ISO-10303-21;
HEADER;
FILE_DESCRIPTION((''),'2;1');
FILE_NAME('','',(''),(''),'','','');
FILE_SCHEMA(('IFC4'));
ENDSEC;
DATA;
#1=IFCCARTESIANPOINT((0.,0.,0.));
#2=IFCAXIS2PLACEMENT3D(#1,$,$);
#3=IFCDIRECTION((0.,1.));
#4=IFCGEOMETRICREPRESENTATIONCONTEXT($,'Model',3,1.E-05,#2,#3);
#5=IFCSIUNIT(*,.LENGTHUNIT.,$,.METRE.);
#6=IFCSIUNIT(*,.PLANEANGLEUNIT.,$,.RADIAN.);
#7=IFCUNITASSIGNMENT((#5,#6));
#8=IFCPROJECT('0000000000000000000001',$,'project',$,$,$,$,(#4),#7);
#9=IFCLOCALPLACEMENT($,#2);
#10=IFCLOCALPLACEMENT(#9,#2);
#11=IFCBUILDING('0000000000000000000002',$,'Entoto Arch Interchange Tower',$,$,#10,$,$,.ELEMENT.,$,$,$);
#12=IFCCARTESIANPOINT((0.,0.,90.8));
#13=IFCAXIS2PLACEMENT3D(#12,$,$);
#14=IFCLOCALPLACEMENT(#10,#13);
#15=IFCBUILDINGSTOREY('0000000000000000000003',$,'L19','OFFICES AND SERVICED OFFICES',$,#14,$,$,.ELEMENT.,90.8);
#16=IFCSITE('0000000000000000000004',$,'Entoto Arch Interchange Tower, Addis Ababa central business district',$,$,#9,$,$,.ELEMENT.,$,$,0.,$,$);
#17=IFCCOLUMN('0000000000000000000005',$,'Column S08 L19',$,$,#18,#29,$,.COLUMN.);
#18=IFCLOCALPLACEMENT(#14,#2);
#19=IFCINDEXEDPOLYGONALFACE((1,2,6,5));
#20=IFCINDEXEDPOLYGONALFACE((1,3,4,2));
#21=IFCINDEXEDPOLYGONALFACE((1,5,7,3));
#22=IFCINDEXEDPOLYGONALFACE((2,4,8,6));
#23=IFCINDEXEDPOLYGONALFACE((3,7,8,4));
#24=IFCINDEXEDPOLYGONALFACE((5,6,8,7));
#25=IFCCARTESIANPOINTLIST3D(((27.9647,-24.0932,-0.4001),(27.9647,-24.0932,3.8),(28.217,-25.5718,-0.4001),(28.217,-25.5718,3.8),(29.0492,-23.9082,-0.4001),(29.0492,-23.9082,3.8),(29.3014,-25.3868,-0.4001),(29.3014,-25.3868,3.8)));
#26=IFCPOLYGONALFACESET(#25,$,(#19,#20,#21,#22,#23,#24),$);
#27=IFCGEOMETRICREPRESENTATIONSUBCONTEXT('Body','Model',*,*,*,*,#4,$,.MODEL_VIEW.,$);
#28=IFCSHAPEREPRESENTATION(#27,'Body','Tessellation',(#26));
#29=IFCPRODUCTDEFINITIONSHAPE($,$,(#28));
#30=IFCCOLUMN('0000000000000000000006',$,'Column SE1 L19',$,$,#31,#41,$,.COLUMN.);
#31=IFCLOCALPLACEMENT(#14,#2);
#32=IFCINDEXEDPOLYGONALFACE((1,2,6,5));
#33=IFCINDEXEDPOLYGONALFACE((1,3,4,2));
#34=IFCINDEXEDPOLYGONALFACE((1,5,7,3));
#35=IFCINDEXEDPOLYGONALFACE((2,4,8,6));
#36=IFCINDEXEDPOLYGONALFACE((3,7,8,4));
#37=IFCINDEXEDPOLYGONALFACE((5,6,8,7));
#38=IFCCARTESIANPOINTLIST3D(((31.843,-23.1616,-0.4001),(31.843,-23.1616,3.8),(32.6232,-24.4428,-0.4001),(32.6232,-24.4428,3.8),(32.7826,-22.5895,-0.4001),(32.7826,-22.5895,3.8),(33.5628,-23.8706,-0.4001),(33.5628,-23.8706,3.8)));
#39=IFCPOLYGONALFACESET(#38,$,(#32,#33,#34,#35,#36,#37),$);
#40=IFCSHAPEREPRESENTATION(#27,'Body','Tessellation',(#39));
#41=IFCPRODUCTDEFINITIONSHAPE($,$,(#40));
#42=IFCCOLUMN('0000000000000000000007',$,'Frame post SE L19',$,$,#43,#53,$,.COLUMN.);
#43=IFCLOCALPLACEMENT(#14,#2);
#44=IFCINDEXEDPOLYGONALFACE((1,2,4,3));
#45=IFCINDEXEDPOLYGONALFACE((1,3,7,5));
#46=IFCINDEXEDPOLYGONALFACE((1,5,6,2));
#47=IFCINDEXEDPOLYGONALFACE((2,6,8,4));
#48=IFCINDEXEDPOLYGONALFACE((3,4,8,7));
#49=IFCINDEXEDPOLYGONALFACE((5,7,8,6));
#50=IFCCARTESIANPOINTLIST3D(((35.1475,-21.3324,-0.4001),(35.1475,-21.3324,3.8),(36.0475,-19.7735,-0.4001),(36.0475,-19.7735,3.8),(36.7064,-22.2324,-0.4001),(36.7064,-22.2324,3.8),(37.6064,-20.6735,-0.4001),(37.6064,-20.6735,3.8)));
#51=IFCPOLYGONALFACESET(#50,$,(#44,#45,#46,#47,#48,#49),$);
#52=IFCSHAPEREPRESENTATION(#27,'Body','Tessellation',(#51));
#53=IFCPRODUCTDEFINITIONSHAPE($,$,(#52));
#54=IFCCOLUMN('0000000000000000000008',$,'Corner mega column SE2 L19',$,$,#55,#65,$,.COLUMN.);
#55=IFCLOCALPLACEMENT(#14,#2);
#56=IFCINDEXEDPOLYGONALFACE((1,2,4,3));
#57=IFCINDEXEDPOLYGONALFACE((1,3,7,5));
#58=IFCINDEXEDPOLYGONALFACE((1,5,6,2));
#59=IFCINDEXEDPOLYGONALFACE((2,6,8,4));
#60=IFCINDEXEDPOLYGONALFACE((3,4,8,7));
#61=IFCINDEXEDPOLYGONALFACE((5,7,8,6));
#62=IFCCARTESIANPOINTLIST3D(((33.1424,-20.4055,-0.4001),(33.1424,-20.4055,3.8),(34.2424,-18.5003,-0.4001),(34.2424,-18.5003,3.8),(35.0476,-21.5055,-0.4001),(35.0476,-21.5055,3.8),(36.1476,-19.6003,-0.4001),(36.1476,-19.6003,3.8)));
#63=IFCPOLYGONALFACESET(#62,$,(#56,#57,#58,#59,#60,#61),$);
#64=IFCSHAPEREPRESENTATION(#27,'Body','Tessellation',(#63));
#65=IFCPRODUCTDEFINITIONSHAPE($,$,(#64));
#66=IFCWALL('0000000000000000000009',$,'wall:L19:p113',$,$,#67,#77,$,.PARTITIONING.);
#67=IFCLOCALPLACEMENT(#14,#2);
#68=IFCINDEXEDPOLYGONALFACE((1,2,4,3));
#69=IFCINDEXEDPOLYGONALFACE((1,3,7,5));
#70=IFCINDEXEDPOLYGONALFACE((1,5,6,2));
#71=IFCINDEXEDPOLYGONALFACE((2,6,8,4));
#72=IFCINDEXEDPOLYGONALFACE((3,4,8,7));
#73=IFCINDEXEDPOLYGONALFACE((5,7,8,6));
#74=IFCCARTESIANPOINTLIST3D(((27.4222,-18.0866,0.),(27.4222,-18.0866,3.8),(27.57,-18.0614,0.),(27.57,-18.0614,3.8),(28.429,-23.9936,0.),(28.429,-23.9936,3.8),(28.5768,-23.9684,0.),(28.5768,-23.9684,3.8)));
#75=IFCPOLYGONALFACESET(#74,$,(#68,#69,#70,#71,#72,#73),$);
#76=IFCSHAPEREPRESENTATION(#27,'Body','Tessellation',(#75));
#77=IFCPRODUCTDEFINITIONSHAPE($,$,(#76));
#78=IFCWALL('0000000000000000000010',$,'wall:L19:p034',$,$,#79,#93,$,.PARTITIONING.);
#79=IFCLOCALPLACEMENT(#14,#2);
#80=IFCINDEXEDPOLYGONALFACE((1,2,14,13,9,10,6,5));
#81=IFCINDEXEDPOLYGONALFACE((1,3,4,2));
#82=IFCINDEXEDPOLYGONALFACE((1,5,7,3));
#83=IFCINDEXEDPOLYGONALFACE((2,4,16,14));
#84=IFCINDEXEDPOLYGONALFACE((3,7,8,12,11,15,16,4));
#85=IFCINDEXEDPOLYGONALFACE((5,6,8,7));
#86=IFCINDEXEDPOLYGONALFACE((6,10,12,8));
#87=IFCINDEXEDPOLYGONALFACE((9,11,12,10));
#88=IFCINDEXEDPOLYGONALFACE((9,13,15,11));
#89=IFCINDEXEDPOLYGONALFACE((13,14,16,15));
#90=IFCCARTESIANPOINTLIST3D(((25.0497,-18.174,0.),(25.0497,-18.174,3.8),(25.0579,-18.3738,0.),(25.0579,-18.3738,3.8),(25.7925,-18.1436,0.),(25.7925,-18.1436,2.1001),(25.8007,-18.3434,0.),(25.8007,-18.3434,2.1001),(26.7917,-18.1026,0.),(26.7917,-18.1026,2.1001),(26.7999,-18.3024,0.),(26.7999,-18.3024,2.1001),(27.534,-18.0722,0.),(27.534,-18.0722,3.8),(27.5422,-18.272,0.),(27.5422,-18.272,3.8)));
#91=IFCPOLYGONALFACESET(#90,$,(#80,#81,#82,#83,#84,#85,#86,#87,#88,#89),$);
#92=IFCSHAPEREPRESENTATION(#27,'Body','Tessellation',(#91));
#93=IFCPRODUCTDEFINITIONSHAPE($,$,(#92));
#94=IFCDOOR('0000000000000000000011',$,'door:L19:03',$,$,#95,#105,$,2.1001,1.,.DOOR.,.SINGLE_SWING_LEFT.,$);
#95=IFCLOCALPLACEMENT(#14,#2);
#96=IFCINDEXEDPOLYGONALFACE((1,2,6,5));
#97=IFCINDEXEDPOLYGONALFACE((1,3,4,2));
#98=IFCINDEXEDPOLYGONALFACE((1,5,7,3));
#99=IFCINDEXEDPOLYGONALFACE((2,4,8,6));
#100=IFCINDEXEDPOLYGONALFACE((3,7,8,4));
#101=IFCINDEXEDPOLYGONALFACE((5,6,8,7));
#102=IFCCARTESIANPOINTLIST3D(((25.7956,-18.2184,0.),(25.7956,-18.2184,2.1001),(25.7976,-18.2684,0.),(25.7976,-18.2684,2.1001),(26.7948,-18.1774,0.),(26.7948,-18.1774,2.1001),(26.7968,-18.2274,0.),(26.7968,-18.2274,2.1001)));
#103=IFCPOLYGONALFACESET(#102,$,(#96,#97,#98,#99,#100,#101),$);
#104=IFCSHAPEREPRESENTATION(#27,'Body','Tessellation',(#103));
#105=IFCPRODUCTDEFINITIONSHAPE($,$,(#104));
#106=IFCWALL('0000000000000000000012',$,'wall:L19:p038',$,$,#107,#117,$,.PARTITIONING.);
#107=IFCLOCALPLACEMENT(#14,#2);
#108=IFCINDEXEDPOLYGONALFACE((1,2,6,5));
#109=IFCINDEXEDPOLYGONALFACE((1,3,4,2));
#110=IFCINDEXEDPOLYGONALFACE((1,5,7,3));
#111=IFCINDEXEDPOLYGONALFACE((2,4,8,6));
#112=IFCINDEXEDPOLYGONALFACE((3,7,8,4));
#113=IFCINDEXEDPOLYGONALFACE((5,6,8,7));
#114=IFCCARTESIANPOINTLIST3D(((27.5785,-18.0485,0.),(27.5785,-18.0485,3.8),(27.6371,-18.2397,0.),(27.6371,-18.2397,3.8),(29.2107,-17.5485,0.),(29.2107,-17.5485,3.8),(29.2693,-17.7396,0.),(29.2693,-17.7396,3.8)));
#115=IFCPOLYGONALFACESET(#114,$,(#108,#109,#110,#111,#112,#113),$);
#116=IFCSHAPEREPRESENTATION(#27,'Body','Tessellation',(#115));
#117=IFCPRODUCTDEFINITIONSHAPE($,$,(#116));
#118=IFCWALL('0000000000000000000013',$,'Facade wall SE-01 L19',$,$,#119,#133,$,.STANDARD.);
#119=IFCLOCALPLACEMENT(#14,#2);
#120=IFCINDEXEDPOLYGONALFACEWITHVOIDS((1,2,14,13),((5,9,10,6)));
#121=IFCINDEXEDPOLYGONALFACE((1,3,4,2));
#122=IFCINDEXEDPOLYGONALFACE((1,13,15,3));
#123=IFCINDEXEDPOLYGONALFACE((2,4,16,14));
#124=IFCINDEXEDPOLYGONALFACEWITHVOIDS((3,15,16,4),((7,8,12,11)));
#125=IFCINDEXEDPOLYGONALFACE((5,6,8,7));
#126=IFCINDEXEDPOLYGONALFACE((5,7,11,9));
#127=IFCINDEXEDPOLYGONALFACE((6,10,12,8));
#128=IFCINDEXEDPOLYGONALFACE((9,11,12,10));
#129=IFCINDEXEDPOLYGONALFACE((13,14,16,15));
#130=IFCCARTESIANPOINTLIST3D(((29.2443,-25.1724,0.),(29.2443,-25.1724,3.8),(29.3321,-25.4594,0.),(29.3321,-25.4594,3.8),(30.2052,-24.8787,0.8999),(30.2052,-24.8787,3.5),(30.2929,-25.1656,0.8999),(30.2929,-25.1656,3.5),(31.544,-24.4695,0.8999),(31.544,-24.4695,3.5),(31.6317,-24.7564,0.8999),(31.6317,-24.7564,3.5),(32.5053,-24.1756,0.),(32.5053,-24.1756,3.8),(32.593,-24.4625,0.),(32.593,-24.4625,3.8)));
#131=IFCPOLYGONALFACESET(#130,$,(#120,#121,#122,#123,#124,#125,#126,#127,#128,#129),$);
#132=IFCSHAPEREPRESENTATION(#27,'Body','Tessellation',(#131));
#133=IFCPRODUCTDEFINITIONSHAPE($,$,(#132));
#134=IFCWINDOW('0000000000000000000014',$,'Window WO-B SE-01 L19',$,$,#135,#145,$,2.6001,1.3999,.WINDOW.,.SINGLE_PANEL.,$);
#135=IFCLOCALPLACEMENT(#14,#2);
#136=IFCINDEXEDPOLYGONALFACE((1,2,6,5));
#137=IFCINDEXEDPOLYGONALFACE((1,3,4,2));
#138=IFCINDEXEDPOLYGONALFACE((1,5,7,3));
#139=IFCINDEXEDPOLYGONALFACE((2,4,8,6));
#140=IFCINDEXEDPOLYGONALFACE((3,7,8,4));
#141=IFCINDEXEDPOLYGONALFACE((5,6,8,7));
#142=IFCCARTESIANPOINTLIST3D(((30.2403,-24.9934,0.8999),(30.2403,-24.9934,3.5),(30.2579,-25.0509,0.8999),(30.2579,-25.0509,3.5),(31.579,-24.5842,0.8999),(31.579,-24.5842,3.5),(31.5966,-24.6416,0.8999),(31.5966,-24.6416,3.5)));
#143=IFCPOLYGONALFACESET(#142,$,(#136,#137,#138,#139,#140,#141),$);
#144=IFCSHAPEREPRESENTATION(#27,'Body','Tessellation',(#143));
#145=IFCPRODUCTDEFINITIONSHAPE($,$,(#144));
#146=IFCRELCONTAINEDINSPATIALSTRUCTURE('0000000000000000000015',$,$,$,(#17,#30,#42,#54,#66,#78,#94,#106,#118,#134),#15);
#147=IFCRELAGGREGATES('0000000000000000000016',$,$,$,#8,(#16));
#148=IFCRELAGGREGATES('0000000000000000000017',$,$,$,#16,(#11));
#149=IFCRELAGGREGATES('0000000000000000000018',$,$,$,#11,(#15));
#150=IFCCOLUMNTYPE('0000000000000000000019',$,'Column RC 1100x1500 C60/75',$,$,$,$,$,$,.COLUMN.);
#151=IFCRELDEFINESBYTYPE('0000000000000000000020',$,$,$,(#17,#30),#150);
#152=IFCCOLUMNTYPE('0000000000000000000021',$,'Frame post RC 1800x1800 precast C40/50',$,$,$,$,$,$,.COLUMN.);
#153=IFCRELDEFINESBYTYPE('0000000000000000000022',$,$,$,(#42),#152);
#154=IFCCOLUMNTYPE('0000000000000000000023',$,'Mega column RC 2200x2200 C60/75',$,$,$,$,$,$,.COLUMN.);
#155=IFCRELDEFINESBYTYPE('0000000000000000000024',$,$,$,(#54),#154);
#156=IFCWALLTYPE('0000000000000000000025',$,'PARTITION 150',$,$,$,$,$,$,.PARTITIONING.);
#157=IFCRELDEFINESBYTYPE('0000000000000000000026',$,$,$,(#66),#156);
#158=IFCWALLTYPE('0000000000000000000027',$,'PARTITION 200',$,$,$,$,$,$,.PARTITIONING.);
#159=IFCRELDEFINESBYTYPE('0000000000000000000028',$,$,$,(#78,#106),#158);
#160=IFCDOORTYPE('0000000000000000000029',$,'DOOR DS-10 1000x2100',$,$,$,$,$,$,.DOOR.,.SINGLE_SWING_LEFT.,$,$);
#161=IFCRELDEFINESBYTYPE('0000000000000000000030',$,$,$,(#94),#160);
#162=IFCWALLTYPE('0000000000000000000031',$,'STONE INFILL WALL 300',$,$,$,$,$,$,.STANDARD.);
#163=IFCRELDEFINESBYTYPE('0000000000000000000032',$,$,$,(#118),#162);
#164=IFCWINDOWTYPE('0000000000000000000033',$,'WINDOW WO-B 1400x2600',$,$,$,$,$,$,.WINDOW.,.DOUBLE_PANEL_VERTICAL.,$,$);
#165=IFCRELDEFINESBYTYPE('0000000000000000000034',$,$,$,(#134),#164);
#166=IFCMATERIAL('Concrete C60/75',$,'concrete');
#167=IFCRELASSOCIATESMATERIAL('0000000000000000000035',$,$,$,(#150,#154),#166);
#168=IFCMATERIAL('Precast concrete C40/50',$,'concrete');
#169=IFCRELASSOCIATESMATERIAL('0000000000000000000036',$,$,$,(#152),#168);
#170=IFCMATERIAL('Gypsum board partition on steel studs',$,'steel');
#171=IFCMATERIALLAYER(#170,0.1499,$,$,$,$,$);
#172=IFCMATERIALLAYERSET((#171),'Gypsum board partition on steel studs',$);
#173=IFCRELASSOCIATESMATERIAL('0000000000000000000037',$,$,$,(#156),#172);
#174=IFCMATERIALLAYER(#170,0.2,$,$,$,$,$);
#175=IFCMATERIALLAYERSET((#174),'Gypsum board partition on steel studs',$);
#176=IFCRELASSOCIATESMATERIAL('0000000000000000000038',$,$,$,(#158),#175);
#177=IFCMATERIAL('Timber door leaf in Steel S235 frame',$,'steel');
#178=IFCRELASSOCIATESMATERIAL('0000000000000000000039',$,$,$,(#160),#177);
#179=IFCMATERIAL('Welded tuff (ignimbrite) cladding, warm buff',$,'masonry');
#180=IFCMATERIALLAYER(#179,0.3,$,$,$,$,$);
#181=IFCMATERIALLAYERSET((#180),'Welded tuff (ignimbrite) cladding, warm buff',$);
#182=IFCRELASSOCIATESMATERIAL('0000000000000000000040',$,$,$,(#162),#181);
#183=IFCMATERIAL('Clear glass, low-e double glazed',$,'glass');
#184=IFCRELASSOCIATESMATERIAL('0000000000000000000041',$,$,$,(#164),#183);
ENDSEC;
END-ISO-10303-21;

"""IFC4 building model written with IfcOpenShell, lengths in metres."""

from ifc_helpers import new_model, si_unit, direction, frame, frame_2d, origin, origin_2d, place, context, subcontext, project, spatial, rectangle, extrude, material, layer, layer_set, material_profile, profile_set, type_object, element, fill, save


model = new_model("IFC4")

# Units and contexts
model_context = context("Model", 3, precision=1e-05, world=origin(), true_north=direction((0.0, 1.0)))
body_context = subcontext(model_context, "Body", "Model", "MODEL_VIEW")
ifc_project = project(units=[si_unit("LENGTHUNIT", "METRE"), si_unit("PLANEANGLEUNIT", "RADIAN")], contexts=[model_context])

# Site, building, storey
site_placement = place(None, origin())
site = spatial("IfcSite", under=ifc_project, at=site_placement, Name="Entoto Arch Interchange Tower, Addis Ababa central business district", CompositionType="ELEMENT", RefElevation=0.0)
building_placement = place(site_placement, origin())
building = spatial("IfcBuilding", under=site, at=building_placement, Name="Entoto Arch Interchange Tower", CompositionType="ELEMENT")
storey_placement = place(building_placement, frame((0.0, 0.0, 90.8)))
storey = spatial("IfcBuildingStorey", under=building, at=storey_placement, Name="L19", Description="OFFICES AND SERVICED OFFICES", CompositionType="ELEMENT", Elevation=90.8)

# Columns
ifc_material_1 = material(Name="Concrete C60/75", Category="concrete")
ifc_material_profile_1 = material_profile(ifc_material_1, rectangle(XDim=1.1001, YDim=1.5, at=origin_2d()))
ifc_profile_set_1 = profile_set([ifc_material_profile_1], Name="Concrete C60/75")
column_type_1 = type_object("IfcColumnType", Name="Column RC 1100x1500 C60/75", PredefinedType="COLUMN", material=ifc_profile_set_1)
for number, where, z_axis, x_axis, name in (
    (1, (28.6331, -24.74, -0.4001), (0.0, 0.0, 1.0), (0.985759, 0.168162, 0.0), "Column S08 L19"),
    (2, (32.7029, -23.5161, -0.4001), (0.0, 0.0, 1.0), (0.854096, 0.520116, 0.0), "Column SE1 L19"),
):
    element("IfcColumn", number, at=place(storey_placement, frame(where, z_axis=z_axis, x_axis=x_axis)), inside=storey, type_object=column_type_1, Name=name, PredefinedType="COLUMN", context=body_context, shape_type="SweptSolid", body=[
        extrude(rectangle(XDim=1.1001, YDim=1.5, at=origin_2d()), origin(), (0.0, 0.0, 1.0), 4.2002),
    ])
ifc_material_2 = material(Name="Precast concrete C40/50", Category="concrete")
ifc_material_profile_2 = material_profile(ifc_material_2, rectangle(XDim=1.8, YDim=1.8, at=origin_2d()))
ifc_profile_set_2 = profile_set([ifc_material_profile_2], Name="Precast concrete C40/50")
column_type_2 = type_object("IfcColumnType", Name="Frame post RC 1800x1800 precast C40/50", PredefinedType="COLUMN", material=ifc_profile_set_2)
column_1_placement = place(storey_placement, frame((36.377, -21.0029, -0.4001), z_axis=(0.0, 0.0, 1.0), x_axis=(-0.866025, 0.5, 0.0)))
element("IfcColumn", 3, at=column_1_placement, inside=storey, type_object=column_type_2, Name="Frame post SE L19", PredefinedType="COLUMN", context=body_context, shape_type="SweptSolid", body=[
    extrude(rectangle(XDim=1.8, YDim=1.8, at=origin_2d()), origin(), (0.0, 0.0, 1.0), 4.2002),
])
ifc_material_profile_3 = material_profile(ifc_material_1, rectangle(XDim=2.2, YDim=2.2, at=origin_2d()))
ifc_profile_set_3 = profile_set([ifc_material_profile_3], Name="Concrete C60/75")
column_type_3 = type_object("IfcColumnType", Name="Mega column RC 2200x2200 C60/75", PredefinedType="COLUMN", material=ifc_profile_set_3)
column_2_placement = place(storey_placement, frame((34.645, -20.0029, -0.4001), z_axis=(0.0, 0.0, 1.0), x_axis=(-0.866025, 0.5, 0.0)))
element("IfcColumn", 4, at=column_2_placement, inside=storey, type_object=column_type_3, Name="Corner mega column SE2 L19", PredefinedType="COLUMN", context=body_context, shape_type="SweptSolid", body=[
    extrude(rectangle(XDim=2.2, YDim=2.2, at=origin_2d()), origin(), (0.0, 0.0, 1.0), 4.2002),
])

# Wall
ifc_material_3 = material(Name="Gypsum board partition on steel studs", Category="steel")
ifc_layer_1 = layer(ifc_material_3, 0.1499)
ifc_layer_set_1 = layer_set([ifc_layer_1], Name="Gypsum board partition on steel studs")
wall_type_1 = type_object("IfcWallType", Name="PARTITION 150", PredefinedType="PARTITIONING", material=ifc_layer_set_1)
wall_1_placement = place(storey_placement, frame((27.4961, -18.074, 0.0), z_axis=(0.0, 0.0, 1.0), x_axis=(0.168025, -0.985783, 0.0)))
element("IfcWall", 5, at=wall_1_placement, inside=storey, type_object=wall_type_1, Name="wall:L19:p113", PredefinedType="PARTITIONING", context=body_context, shape_type="SweptSolid", body=[
    extrude(rectangle(XDim=5.9922, YDim=0.1499, at=frame_2d((2.9961, 0.0))), origin(), (0.0, 0.0, 1.0), 3.8),
])

# Wall, opening, door
ifc_layer_2 = layer(ifc_material_3, 0.2)
ifc_layer_set_2 = layer_set([ifc_layer_2], Name="Gypsum board partition on steel studs")
wall_type_2 = type_object("IfcWallType", Name="PARTITION 200", PredefinedType="PARTITIONING", material=ifc_layer_set_2)
wall_2_placement = place(storey_placement, frame((27.5381, -18.1721, 0.0), z_axis=(0.0, 0.0, 1.0), x_axis=(-0.999161, -0.040948, 0.0)))
wall_2 = element("IfcWall", 6, at=wall_2_placement, inside=storey, type_object=wall_type_2, Name="wall:L19:p034", PredefinedType="PARTITIONING", context=body_context, shape_type="SweptSolid", body=[
    extrude(rectangle(XDim=2.4863, YDim=0.2, at=frame_2d((1.2432, 0.0))), origin(), (0.0, 0.0, 1.0), 3.8),
])
opening_1_placement = place(wall_2_placement, frame((0.7429, 0.0, 0.0)))
opening_1 = element("IfcOpeningElement", 7, at=opening_1_placement, cuts=wall_2, PredefinedType="OPENING", context=body_context, shape_type="SweptSolid", body=[
    extrude(rectangle(XDim=1.0, YDim=2.1001, at=frame_2d((0.5, 1.05))), frame((0.0, 0.1099, 0.0), z_axis=(0.0, -1.0, 0.0), x_axis=(1.0, 0.0, 0.0)), (0.0, 0.0, 1.0), 0.22),
])
ifc_material_4 = material(Name="Timber door leaf in Steel S235 frame", Category="steel")
door_type = type_object("IfcDoorType", Name="DOOR DS-10 1000x2100", OperationType="SINGLE_SWING_LEFT", PredefinedType="DOOR", material=ifc_material_4)
door_placement = place(opening_1_placement, origin())
door = element("IfcDoor", 8, at=door_placement, inside=storey, type_object=door_type, Name="door:L19:03", OperationType="SINGLE_SWING_LEFT", OverallHeight=2.1001, OverallWidth=1.0, PredefinedType="DOOR", context=body_context, shape_type="SweptSolid", body=[
    extrude(rectangle(XDim=1.0, YDim=2.1001, at=frame_2d((0.5, 1.05))), frame((0.0, 0.0249, 0.0), z_axis=(0.0, -1.0, 0.0), x_axis=(1.0, 0.0, 0.0)), (0.0, 0.0, 1.0), 0.05),
])
fill(opening_1, door)

# Wall
wall_3_placement = place(storey_placement, frame((29.24, -17.644, 0.0), z_axis=(0.0, 0.0, 1.0), x_axis=(-0.956137, -0.29292, 0.0)))
element("IfcWall", 9, at=wall_3_placement, inside=storey, type_object=wall_type_2, Name="wall:L19:p038", PredefinedType="PARTITIONING", context=body_context, shape_type="SweptSolid", body=[
    extrude(rectangle(XDim=1.707, YDim=0.2, at=frame_2d((0.8535, 0.0))), origin(), (0.0, 0.0, 1.0), 3.8),
])

# Wall, opening, window
ifc_material_5 = material(Name="Welded tuff (ignimbrite) cladding, warm buff", Category="masonry")
ifc_layer_3 = layer(ifc_material_5, 0.3)
ifc_layer_set_3 = layer_set([ifc_layer_3], Name="Welded tuff (ignimbrite) cladding, warm buff")
wall_type_3 = type_object("IfcWallType", Name="STONE INFILL WALL 300", PredefinedType="STANDARD", material=ifc_layer_set_3)
wall_4_placement = place(storey_placement, frame((29.2881, -25.3159, 0.0), z_axis=(0.0, 0.0, 1.0), x_axis=(0.956318, 0.292329, 0.0)))
wall_4 = element("IfcWall", 10, at=wall_4_placement, inside=storey, type_object=wall_type_3, Name="Facade wall SE-01 L19", PredefinedType="STANDARD", context=body_context, shape_type="SweptSolid", body=[
    extrude(rectangle(XDim=3.4099, YDim=0.3, at=frame_2d((1.7051, 0.0))), origin(), (0.0, 0.0, 1.0), 3.8),
])
opening_2_placement = place(wall_4_placement, frame((1.0049, 0.0, 0.8999)))
opening_2 = element("IfcOpeningElement", 11, at=opening_2_placement, cuts=wall_4, PredefinedType="OPENING", context=body_context, shape_type="SweptSolid", body=[
    extrude(rectangle(XDim=1.3999, YDim=2.6001, at=frame_2d((0.7, 1.3))), frame((0.0, 0.1602, 0.0), z_axis=(0.0, -1.0, 0.0), x_axis=(1.0, 0.0, 0.0)), (0.0, 0.0, 1.0), 0.3201),
])
ifc_material_6 = material(Name="Clear glass, low-e double glazed", Category="glass")
window_type = type_object("IfcWindowType", Name="WINDOW WO-B 1400x2600", PartitioningType="DOUBLE_PANEL_VERTICAL", PredefinedType="WINDOW", material=ifc_material_6)
window_1_placement = place(opening_2_placement, origin())
window_1 = element("IfcWindow", 12, at=window_1_placement, inside=storey, type_object=window_type, Name="Window WO-B SE-01 L19", OverallHeight=2.6001, OverallWidth=1.3999, PartitioningType="SINGLE_PANEL", PredefinedType="WINDOW", context=body_context, shape_type="SweptSolid", body=[
    extrude(rectangle(XDim=1.3999, YDim=2.6001, at=frame_2d((0.7, 1.3))), frame((0.0, 0.03, 0.0), z_axis=(0.0, -1.0, 0.0), x_axis=(1.0, 0.0, 0.0)), (0.0, 0.0, 1.0), 0.0601),
])
fill(opening_2, window_1)

save(model, "model.ifc")
